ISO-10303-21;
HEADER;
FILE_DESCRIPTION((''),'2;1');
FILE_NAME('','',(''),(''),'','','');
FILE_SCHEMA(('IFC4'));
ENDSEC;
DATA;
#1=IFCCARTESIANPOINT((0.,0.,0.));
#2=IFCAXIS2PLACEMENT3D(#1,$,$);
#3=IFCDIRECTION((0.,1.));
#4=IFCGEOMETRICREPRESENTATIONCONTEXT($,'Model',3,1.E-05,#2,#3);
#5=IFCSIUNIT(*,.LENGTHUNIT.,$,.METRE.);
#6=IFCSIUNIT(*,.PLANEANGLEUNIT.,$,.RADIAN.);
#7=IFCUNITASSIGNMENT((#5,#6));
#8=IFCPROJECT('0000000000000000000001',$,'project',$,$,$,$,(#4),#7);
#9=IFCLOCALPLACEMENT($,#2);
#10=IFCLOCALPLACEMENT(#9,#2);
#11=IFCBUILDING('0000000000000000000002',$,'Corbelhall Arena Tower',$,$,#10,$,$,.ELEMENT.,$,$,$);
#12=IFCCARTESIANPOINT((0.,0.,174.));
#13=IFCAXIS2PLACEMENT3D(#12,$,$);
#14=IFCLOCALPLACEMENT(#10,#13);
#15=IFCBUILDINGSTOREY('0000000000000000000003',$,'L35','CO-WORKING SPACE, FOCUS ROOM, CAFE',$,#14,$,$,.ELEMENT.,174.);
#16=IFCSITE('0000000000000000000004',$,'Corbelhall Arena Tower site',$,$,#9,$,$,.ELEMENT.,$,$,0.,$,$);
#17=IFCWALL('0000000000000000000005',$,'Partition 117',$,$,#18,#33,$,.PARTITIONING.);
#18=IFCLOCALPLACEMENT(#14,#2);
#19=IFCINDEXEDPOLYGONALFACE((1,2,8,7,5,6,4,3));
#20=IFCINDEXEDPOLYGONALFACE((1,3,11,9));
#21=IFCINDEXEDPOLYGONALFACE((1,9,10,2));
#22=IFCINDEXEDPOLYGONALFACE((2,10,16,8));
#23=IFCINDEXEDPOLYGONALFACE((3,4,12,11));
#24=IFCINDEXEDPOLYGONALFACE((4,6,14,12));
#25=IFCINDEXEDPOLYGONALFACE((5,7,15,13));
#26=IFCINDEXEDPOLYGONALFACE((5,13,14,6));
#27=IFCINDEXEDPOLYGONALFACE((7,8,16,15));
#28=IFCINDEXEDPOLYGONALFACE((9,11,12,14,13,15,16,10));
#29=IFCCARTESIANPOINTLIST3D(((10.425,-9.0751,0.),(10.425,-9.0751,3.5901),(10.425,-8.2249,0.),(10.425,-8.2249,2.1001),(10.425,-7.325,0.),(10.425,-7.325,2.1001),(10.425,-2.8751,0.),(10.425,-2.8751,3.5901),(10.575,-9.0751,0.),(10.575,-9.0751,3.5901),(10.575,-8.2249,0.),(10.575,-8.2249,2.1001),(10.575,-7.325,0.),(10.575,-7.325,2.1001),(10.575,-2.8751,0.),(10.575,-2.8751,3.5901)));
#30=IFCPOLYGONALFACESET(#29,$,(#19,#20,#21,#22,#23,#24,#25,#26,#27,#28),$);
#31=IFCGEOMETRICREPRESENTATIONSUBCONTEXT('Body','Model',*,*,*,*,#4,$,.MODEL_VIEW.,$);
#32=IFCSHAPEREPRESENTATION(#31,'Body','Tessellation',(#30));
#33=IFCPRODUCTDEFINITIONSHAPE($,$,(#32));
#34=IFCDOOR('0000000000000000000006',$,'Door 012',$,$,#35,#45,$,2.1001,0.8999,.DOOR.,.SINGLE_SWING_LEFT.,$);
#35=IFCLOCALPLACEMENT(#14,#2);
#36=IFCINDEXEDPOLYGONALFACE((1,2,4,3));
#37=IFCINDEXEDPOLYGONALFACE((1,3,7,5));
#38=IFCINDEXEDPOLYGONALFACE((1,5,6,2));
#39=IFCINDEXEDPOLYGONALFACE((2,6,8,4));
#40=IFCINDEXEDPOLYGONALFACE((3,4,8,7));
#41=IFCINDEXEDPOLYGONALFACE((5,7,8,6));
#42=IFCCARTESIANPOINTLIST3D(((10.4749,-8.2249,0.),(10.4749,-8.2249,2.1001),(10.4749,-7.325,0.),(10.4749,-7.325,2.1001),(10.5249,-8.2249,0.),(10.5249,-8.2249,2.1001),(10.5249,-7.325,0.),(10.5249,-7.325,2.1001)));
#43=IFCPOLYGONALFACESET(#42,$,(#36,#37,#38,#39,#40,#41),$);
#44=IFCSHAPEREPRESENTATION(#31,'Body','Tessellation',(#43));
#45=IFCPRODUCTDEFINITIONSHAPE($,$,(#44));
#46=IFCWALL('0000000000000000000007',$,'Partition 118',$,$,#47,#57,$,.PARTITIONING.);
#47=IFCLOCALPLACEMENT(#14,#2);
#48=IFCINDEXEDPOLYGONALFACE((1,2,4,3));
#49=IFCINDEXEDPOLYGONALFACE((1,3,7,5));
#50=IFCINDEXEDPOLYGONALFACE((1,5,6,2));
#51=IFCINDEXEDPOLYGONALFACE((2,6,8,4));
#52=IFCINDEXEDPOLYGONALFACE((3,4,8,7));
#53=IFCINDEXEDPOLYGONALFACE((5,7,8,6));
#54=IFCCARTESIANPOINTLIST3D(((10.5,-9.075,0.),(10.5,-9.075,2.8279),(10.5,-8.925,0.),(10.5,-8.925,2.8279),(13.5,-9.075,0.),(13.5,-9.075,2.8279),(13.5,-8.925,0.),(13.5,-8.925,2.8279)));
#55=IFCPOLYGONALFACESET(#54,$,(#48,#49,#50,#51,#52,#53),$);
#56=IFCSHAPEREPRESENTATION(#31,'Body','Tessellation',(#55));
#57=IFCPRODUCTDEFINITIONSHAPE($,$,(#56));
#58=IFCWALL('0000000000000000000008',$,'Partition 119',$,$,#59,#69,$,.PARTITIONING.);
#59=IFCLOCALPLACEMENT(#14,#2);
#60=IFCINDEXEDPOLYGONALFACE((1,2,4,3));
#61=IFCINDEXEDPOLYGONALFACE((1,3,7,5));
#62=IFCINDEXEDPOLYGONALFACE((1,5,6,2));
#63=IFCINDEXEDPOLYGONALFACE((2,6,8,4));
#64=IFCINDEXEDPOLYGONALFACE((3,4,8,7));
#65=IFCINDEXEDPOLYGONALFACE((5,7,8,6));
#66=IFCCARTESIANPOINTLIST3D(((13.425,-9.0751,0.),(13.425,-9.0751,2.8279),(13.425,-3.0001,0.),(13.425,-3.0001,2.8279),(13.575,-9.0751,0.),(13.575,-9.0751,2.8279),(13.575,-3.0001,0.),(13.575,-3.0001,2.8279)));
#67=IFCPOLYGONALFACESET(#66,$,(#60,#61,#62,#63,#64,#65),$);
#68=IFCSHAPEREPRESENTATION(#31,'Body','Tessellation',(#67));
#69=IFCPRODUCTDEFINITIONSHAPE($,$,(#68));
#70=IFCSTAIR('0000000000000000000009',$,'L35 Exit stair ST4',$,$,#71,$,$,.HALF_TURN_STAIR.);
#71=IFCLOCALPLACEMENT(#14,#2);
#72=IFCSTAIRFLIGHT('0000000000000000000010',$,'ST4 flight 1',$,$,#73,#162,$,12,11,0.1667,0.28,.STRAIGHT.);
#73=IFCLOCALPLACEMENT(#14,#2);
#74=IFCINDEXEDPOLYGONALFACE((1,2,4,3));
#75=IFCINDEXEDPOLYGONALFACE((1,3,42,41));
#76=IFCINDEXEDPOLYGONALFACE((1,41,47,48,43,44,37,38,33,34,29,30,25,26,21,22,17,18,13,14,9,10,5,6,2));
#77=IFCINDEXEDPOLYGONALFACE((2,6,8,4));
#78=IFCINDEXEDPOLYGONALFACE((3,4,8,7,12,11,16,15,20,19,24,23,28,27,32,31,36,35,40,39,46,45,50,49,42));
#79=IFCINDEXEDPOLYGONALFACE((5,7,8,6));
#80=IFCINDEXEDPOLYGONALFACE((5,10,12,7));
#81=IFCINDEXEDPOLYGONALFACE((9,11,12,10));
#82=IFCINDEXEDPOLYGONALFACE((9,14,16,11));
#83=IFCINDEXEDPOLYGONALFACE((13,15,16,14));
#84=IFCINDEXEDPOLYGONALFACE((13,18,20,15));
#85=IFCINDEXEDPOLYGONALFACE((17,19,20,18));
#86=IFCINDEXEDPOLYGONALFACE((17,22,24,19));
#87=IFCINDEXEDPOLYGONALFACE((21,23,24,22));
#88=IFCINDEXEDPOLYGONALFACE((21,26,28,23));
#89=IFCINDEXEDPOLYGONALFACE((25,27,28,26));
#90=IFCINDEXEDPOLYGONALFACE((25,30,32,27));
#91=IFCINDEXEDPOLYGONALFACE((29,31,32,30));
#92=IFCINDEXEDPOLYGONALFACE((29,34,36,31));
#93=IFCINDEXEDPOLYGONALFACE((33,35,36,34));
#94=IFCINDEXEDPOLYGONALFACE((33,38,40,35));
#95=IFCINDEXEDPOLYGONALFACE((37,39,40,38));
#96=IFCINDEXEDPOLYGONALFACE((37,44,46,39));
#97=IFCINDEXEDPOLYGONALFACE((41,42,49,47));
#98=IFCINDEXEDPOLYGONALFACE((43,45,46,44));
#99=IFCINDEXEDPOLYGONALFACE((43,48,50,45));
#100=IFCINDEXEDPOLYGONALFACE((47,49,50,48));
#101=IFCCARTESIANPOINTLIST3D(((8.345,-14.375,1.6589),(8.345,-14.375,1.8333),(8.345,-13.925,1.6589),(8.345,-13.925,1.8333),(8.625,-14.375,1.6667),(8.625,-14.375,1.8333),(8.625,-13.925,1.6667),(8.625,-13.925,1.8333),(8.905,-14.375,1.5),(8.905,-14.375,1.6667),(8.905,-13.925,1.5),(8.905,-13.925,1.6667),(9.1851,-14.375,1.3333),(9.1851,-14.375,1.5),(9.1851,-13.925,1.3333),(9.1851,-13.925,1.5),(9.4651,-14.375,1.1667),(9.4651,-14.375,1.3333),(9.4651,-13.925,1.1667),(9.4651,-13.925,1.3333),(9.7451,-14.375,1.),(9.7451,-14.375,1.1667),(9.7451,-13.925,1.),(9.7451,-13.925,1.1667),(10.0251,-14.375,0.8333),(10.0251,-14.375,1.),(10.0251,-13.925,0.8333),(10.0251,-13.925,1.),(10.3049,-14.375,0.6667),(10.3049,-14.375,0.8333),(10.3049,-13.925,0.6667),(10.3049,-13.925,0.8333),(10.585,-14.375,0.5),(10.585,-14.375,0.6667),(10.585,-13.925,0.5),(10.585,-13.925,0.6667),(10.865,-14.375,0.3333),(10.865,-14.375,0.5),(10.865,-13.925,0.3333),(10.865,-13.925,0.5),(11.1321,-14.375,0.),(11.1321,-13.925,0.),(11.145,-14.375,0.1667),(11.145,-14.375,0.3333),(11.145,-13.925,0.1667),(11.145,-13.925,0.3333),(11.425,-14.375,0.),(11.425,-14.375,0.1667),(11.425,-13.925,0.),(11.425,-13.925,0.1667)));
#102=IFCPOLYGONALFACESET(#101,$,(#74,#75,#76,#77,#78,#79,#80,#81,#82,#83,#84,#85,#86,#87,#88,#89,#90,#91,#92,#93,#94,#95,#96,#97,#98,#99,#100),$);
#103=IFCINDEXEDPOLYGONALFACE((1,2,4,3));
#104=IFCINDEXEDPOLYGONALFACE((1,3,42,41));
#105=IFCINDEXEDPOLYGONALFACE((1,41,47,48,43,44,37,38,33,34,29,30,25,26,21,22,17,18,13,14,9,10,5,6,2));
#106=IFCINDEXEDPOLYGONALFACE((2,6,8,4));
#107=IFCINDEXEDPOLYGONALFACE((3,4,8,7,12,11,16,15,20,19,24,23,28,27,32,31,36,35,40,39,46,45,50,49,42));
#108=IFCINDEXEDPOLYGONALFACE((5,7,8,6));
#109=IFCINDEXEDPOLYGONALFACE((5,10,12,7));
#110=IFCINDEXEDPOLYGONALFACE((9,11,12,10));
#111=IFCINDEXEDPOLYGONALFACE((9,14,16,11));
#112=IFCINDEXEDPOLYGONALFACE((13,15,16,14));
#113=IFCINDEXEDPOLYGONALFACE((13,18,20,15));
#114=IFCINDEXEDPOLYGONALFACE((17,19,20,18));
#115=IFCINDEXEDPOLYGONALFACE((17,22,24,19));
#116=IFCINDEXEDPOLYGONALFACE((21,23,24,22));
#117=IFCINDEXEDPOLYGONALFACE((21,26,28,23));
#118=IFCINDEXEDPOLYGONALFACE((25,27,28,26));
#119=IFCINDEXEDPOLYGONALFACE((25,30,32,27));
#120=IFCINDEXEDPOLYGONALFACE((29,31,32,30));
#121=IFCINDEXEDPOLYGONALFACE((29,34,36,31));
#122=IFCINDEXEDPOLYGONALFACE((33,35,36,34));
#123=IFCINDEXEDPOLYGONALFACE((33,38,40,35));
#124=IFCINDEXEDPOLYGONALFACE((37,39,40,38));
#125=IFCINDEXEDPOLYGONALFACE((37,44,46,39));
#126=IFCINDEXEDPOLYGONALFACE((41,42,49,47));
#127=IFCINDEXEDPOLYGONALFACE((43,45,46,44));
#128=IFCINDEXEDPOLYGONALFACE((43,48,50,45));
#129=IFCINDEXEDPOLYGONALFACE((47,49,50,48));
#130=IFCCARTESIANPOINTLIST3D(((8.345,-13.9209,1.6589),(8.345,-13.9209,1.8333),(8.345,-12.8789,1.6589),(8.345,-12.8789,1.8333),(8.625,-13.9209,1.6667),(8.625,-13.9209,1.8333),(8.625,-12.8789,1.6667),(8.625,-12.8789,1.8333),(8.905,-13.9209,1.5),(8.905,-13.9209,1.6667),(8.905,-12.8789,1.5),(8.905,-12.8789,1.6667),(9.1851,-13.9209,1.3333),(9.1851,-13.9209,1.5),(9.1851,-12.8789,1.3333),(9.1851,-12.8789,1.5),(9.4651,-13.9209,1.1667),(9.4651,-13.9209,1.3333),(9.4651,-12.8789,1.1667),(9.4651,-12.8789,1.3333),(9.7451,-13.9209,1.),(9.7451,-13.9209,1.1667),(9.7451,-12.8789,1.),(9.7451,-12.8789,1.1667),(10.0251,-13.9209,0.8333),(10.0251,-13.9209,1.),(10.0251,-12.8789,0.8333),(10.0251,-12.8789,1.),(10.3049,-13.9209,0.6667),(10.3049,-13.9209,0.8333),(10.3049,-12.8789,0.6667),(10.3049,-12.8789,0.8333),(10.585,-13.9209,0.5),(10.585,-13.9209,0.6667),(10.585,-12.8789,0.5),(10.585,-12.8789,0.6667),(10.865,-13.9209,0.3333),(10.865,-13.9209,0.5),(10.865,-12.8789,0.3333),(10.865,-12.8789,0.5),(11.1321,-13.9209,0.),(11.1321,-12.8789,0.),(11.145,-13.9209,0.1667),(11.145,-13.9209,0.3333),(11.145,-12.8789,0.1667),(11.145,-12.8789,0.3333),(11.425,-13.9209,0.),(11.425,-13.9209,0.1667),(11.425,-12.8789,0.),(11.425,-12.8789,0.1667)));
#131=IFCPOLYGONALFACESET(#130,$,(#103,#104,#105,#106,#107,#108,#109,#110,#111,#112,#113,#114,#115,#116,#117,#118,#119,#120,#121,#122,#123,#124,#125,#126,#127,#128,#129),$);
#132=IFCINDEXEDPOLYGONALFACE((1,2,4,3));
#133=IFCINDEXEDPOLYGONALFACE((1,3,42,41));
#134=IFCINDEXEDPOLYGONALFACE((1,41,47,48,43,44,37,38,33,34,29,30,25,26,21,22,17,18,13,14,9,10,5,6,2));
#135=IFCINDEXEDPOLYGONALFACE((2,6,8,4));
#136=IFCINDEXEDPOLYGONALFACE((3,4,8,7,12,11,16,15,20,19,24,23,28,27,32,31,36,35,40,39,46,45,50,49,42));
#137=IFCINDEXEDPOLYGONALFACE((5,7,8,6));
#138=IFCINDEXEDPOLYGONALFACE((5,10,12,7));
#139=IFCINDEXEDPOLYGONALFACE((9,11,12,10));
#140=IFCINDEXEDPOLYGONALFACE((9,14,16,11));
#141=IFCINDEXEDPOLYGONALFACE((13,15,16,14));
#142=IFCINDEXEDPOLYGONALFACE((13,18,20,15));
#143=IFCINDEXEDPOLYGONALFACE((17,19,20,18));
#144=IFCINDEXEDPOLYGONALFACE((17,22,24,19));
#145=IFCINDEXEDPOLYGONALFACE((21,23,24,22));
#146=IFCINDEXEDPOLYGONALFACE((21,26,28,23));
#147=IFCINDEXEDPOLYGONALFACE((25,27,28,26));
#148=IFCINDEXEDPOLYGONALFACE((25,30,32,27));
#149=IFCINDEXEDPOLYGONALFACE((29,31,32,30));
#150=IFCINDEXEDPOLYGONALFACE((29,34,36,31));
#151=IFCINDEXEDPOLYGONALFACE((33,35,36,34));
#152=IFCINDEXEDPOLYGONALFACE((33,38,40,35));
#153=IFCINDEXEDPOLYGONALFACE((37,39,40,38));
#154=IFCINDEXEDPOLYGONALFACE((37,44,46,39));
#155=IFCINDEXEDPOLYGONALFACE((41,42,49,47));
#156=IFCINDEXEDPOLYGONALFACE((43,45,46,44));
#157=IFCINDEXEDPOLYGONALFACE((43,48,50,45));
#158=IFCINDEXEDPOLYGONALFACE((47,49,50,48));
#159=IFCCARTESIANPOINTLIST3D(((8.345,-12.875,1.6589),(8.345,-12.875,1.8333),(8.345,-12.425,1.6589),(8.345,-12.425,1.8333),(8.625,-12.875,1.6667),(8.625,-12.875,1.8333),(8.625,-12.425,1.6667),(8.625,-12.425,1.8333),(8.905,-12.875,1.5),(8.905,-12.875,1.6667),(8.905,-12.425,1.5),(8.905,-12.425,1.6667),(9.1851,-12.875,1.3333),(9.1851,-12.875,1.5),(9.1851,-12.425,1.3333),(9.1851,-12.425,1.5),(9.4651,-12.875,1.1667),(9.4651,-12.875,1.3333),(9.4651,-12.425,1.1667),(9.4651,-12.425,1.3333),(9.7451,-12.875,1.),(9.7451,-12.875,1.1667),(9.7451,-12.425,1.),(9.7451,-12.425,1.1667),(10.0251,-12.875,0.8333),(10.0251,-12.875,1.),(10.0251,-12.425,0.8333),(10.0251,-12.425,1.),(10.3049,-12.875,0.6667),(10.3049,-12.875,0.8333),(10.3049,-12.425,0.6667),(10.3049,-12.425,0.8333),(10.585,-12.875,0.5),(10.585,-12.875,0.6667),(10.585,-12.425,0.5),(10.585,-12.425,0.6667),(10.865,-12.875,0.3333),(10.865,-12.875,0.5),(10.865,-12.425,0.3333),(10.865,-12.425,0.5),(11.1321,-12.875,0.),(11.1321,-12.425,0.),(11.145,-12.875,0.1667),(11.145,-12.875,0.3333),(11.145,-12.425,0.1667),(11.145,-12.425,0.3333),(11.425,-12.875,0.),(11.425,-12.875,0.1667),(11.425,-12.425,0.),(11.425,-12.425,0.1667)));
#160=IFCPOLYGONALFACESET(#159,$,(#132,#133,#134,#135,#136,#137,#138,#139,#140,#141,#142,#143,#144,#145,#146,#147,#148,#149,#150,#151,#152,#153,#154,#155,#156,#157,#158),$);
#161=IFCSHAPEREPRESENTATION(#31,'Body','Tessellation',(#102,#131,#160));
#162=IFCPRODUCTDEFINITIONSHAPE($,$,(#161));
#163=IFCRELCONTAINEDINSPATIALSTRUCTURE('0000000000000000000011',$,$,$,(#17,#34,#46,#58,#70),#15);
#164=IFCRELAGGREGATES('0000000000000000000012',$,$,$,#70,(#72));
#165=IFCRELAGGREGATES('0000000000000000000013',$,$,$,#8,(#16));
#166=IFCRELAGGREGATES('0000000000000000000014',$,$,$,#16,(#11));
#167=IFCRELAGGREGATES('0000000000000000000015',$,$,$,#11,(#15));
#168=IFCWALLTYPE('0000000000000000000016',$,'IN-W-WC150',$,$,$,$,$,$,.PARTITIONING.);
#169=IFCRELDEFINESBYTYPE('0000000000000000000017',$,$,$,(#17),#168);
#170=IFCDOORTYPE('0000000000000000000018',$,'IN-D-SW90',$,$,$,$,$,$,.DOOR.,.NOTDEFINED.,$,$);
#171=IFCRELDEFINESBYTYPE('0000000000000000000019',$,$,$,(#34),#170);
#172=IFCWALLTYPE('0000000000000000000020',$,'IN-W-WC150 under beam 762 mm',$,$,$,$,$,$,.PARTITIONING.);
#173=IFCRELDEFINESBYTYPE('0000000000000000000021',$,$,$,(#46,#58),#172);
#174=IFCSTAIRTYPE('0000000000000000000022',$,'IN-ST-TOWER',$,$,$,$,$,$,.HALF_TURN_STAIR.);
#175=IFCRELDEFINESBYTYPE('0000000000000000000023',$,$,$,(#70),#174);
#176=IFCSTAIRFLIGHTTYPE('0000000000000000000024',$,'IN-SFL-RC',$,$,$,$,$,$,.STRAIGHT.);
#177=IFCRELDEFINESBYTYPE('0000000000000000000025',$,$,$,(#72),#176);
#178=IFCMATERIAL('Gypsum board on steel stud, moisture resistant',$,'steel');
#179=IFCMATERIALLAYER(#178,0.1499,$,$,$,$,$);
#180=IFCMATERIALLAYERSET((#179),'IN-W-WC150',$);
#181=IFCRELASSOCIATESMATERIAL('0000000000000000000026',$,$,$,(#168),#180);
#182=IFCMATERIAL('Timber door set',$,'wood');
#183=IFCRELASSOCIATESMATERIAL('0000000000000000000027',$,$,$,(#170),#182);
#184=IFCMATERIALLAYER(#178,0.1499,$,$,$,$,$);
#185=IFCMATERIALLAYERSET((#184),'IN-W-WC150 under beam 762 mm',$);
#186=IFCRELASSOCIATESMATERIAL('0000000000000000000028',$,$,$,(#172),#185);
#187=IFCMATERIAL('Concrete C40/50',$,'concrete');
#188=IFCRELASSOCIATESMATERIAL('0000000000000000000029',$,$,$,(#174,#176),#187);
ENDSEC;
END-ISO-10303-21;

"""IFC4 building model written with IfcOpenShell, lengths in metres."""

from ifc_helpers import new_model, si_unit, direction, frame, frame_2d, origin, place, context, subcontext, project, spatial, polyline, rectangle, outline, extrude, material, layer, layer_set, type_object, element, fill, aggregate, save


model = new_model("IFC4")

# Units and contexts
model_context = context("Model", 3, precision=1e-05, world=origin(), true_north=direction((0.0, 1.0)))
body_context = subcontext(model_context, "Body", "Model", "MODEL_VIEW")
ifc_project = project(units=[si_unit("LENGTHUNIT", "METRE"), si_unit("PLANEANGLEUNIT", "RADIAN")], contexts=[model_context])

# Site, building, storey
site_placement = place(None, origin())
site = spatial("IfcSite", under=ifc_project, at=site_placement, Name="Corbelhall Arena Tower site", CompositionType="ELEMENT", RefElevation=0.0)
building_placement = place(site_placement, origin())
building = spatial("IfcBuilding", under=site, at=building_placement, Name="Corbelhall Arena Tower", CompositionType="ELEMENT")
storey_placement = place(building_placement, frame((0.0, 0.0, 174.0)))
storey = spatial("IfcBuildingStorey", under=building, at=storey_placement, Name="L35", Description="CO-WORKING SPACE, FOCUS ROOM, CAFE", CompositionType="ELEMENT", Elevation=174.0)

# Wall, opening, door
ifc_material_1 = material(Name="Concrete C40/50", Category="concrete")
ifc_material_2 = material(Name="Gypsum board on steel stud, moisture resistant", Category="steel")
ifc_layer_1 = layer(ifc_material_2, 0.1499)
ifc_layer_set_1 = layer_set([ifc_layer_1], Name="IN-W-WC150")
wall_type_1 = type_object("IfcWallType", Name="IN-W-WC150", PredefinedType="PARTITIONING", material=ifc_layer_set_1)
wall_1_placement = place(storey_placement, frame((10.5, -2.875, 0.0), z_axis=(0.0, 0.0, 1.0), x_axis=(0.0, -1.0, 0.0)))
wall_1 = element("IfcWall", 1, at=wall_1_placement, inside=storey, type_object=wall_type_1, Name="Partition 117", PredefinedType="PARTITIONING", context=body_context, shape_type="SweptSolid", body=[
    extrude(rectangle(XDim=6.2, YDim=0.1499, at=frame_2d((3.1001, 0.0))), origin(), (0.0, 0.0, 1.0), 3.5901),
])
opening_1_placement = place(wall_1_placement, frame((4.45, 0.0, 0.0)))
opening_1 = element("IfcOpeningElement", 2, at=opening_1_placement, cuts=wall_1, PredefinedType="OPENING", context=body_context, shape_type="SweptSolid", body=[
    extrude(rectangle(XDim=0.8999, YDim=2.1001, at=frame_2d((0.45, 1.05))), frame((0.0, 0.075, 0.0), z_axis=(0.0, -1.0, 0.0), x_axis=(1.0, 0.0, 0.0)), (0.0, 0.0, 1.0), 0.1499),
])
ifc_material_3 = material(Name="Timber door set", Category="wood")
door_type_1 = type_object("IfcDoorType", Name="IN-D-SW90", OperationType="NOTDEFINED", PredefinedType="DOOR", material=ifc_material_3)
door_1_placement = place(opening_1_placement, origin())
door_1 = element("IfcDoor", 3, at=door_1_placement, inside=storey, type_object=door_type_1, Name="Door 012", OperationType="SINGLE_SWING_LEFT", OverallHeight=2.1001, OverallWidth=0.8999, PredefinedType="DOOR", context=body_context, shape_type="SweptSolid", body=[
    extrude(rectangle(XDim=0.8999, YDim=2.1001, at=frame_2d((0.45, 1.05))), frame((0.0, 0.0249, 0.0), z_axis=(0.0, -1.0, 0.0), x_axis=(1.0, 0.0, 0.0)), (0.0, 0.0, 1.0), 0.05),
])
fill(opening_1, door_1)

# Walls
ifc_layer_2 = layer(ifc_material_2, 0.1499)
ifc_layer_set_2 = layer_set([ifc_layer_2], Name="IN-W-WC150 under beam 762 mm")
wall_type_2 = type_object("IfcWallType", Name="IN-W-WC150 under beam 762 mm", PredefinedType="PARTITIONING", material=ifc_layer_set_2)
wall_2_placement = place(storey_placement, frame((13.5, -9.0, 0.0), z_axis=(0.0, 0.0, 1.0), x_axis=(-1.0, 0.0, 0.0)))
element("IfcWall", 4, at=wall_2_placement, inside=storey, type_object=wall_type_2, Name="Partition 118", PredefinedType="PARTITIONING", context=body_context, shape_type="SweptSolid", body=[
    extrude(rectangle(XDim=3.0, YDim=0.1499, at=frame_2d((1.5, 0.0))), origin(), (0.0, 0.0, 1.0), 2.8279),
])
wall_3_placement = place(storey_placement, frame((13.5, -3.0, 0.0), z_axis=(0.0, 0.0, 1.0), x_axis=(0.0, -1.0, 0.0)))
element("IfcWall", 5, at=wall_3_placement, inside=storey, type_object=wall_type_2, Name="Partition 119", PredefinedType="PARTITIONING", context=body_context, shape_type="SweptSolid", body=[
    extrude(rectangle(XDim=6.075, YDim=0.1499, at=frame_2d((3.0376, 0.0))), origin(), (0.0, 0.0, 1.0), 2.8279),
])

# Stair, stair flight
stair_type = type_object("IfcStairType", Name="IN-ST-TOWER", PredefinedType="HALF_TURN_STAIR", material=ifc_material_1)
stair_placement = place(storey_placement, origin())
stair = element("IfcStair", 6, at=stair_placement, inside=storey, type_object=stair_type, Name="L35 Exit stair ST4", PredefinedType="HALF_TURN_STAIR")
stair_flight_type = type_object("IfcStairFlightType", Name="IN-SFL-RC", PredefinedType="STRAIGHT", material=ifc_material_1)
stair_flight_placement = place(storey_placement, frame((11.425, -13.3999, 0.0), z_axis=(0.0, 0.0, 1.0), x_axis=(-1.0, 0.0, 0.0)))
stair_flight = element("IfcStairFlight", 7, at=stair_flight_placement, type_object=stair_flight_type, Name="ST4 flight 1", NumberOfRisers=12, NumberOfTreads=11, PredefinedType="STRAIGHT", RiserHeight=0.1667, TreadLength=0.28, context=body_context, shape_type="SweptSolid", body=[
    extrude(outline(polyline([(0.0, 0.0), (0.0, 0.1667), (0.28, 0.1667), (0.28, 0.3333), (0.5601, 0.3333), (0.5601, 0.5), (0.8401, 0.5), (0.8401, 0.6667), (1.1201, 0.6667), (1.1201, 0.8333), (1.3999, 0.8333), (1.3999, 1.0), (1.6799, 1.0), (1.6799, 1.1667), (1.96, 1.1667), (1.96, 1.3333), (2.24, 1.3333), (2.24, 1.5), (2.52, 1.5), (2.52, 1.6667), (2.8, 1.6667), (2.8, 1.8333), (3.0801, 1.8333), (3.0801, 2.0), (3.0801, 1.6589), (0.293, 0.0), (0.0, 0.0)])), frame((0.0, 0.9751, 0.0), z_axis=(0.0, -1.0, 0.0), x_axis=(1.0, 0.0, 0.0)), (0.0, 0.0, 1.0), 0.45),
    extrude(outline(polyline([(0.0, 0.0), (0.0, 0.1667), (0.28, 0.1667), (0.28, 0.3333), (0.5601, 0.3333), (0.5601, 0.5), (0.8401, 0.5), (0.8401, 0.6667), (1.1201, 0.6667), (1.1201, 0.8333), (1.3999, 0.8333), (1.3999, 1.0), (1.6799, 1.0), (1.6799, 1.1667), (1.96, 1.1667), (1.96, 1.3333), (2.24, 1.3333), (2.24, 1.5), (2.52, 1.5), (2.52, 1.6667), (2.8, 1.6667), (2.8, 1.8333), (3.0801, 1.8333), (3.0801, 2.0), (3.0801, 1.6589), (0.293, 0.0), (0.0, 0.0)])), frame((0.0, 0.521, 0.0), z_axis=(0.0, -1.0, 0.0), x_axis=(1.0, 0.0, 0.0)), (0.0, 0.0, 1.0), 1.042),
    extrude(outline(polyline([(0.0, 0.0), (0.0, 0.1667), (0.28, 0.1667), (0.28, 0.3333), (0.5601, 0.3333), (0.5601, 0.5), (0.8401, 0.5), (0.8401, 0.6667), (1.1201, 0.6667), (1.1201, 0.8333), (1.3999, 0.8333), (1.3999, 1.0), (1.6799, 1.0), (1.6799, 1.1667), (1.96, 1.1667), (1.96, 1.3333), (2.24, 1.3333), (2.24, 1.5), (2.52, 1.5), (2.52, 1.6667), (2.8, 1.6667), (2.8, 1.8333), (3.0801, 1.8333), (3.0801, 2.0), (3.0801, 1.6589), (0.293, 0.0), (0.0, 0.0)])), frame((0.0, -0.5249, 0.0), z_axis=(0.0, -1.0, 0.0), x_axis=(1.0, 0.0, 0.0)), (0.0, 0.0, 1.0), 0.45),
])
aggregate(stair, [stair_flight])

save(model, "model.ifc")
